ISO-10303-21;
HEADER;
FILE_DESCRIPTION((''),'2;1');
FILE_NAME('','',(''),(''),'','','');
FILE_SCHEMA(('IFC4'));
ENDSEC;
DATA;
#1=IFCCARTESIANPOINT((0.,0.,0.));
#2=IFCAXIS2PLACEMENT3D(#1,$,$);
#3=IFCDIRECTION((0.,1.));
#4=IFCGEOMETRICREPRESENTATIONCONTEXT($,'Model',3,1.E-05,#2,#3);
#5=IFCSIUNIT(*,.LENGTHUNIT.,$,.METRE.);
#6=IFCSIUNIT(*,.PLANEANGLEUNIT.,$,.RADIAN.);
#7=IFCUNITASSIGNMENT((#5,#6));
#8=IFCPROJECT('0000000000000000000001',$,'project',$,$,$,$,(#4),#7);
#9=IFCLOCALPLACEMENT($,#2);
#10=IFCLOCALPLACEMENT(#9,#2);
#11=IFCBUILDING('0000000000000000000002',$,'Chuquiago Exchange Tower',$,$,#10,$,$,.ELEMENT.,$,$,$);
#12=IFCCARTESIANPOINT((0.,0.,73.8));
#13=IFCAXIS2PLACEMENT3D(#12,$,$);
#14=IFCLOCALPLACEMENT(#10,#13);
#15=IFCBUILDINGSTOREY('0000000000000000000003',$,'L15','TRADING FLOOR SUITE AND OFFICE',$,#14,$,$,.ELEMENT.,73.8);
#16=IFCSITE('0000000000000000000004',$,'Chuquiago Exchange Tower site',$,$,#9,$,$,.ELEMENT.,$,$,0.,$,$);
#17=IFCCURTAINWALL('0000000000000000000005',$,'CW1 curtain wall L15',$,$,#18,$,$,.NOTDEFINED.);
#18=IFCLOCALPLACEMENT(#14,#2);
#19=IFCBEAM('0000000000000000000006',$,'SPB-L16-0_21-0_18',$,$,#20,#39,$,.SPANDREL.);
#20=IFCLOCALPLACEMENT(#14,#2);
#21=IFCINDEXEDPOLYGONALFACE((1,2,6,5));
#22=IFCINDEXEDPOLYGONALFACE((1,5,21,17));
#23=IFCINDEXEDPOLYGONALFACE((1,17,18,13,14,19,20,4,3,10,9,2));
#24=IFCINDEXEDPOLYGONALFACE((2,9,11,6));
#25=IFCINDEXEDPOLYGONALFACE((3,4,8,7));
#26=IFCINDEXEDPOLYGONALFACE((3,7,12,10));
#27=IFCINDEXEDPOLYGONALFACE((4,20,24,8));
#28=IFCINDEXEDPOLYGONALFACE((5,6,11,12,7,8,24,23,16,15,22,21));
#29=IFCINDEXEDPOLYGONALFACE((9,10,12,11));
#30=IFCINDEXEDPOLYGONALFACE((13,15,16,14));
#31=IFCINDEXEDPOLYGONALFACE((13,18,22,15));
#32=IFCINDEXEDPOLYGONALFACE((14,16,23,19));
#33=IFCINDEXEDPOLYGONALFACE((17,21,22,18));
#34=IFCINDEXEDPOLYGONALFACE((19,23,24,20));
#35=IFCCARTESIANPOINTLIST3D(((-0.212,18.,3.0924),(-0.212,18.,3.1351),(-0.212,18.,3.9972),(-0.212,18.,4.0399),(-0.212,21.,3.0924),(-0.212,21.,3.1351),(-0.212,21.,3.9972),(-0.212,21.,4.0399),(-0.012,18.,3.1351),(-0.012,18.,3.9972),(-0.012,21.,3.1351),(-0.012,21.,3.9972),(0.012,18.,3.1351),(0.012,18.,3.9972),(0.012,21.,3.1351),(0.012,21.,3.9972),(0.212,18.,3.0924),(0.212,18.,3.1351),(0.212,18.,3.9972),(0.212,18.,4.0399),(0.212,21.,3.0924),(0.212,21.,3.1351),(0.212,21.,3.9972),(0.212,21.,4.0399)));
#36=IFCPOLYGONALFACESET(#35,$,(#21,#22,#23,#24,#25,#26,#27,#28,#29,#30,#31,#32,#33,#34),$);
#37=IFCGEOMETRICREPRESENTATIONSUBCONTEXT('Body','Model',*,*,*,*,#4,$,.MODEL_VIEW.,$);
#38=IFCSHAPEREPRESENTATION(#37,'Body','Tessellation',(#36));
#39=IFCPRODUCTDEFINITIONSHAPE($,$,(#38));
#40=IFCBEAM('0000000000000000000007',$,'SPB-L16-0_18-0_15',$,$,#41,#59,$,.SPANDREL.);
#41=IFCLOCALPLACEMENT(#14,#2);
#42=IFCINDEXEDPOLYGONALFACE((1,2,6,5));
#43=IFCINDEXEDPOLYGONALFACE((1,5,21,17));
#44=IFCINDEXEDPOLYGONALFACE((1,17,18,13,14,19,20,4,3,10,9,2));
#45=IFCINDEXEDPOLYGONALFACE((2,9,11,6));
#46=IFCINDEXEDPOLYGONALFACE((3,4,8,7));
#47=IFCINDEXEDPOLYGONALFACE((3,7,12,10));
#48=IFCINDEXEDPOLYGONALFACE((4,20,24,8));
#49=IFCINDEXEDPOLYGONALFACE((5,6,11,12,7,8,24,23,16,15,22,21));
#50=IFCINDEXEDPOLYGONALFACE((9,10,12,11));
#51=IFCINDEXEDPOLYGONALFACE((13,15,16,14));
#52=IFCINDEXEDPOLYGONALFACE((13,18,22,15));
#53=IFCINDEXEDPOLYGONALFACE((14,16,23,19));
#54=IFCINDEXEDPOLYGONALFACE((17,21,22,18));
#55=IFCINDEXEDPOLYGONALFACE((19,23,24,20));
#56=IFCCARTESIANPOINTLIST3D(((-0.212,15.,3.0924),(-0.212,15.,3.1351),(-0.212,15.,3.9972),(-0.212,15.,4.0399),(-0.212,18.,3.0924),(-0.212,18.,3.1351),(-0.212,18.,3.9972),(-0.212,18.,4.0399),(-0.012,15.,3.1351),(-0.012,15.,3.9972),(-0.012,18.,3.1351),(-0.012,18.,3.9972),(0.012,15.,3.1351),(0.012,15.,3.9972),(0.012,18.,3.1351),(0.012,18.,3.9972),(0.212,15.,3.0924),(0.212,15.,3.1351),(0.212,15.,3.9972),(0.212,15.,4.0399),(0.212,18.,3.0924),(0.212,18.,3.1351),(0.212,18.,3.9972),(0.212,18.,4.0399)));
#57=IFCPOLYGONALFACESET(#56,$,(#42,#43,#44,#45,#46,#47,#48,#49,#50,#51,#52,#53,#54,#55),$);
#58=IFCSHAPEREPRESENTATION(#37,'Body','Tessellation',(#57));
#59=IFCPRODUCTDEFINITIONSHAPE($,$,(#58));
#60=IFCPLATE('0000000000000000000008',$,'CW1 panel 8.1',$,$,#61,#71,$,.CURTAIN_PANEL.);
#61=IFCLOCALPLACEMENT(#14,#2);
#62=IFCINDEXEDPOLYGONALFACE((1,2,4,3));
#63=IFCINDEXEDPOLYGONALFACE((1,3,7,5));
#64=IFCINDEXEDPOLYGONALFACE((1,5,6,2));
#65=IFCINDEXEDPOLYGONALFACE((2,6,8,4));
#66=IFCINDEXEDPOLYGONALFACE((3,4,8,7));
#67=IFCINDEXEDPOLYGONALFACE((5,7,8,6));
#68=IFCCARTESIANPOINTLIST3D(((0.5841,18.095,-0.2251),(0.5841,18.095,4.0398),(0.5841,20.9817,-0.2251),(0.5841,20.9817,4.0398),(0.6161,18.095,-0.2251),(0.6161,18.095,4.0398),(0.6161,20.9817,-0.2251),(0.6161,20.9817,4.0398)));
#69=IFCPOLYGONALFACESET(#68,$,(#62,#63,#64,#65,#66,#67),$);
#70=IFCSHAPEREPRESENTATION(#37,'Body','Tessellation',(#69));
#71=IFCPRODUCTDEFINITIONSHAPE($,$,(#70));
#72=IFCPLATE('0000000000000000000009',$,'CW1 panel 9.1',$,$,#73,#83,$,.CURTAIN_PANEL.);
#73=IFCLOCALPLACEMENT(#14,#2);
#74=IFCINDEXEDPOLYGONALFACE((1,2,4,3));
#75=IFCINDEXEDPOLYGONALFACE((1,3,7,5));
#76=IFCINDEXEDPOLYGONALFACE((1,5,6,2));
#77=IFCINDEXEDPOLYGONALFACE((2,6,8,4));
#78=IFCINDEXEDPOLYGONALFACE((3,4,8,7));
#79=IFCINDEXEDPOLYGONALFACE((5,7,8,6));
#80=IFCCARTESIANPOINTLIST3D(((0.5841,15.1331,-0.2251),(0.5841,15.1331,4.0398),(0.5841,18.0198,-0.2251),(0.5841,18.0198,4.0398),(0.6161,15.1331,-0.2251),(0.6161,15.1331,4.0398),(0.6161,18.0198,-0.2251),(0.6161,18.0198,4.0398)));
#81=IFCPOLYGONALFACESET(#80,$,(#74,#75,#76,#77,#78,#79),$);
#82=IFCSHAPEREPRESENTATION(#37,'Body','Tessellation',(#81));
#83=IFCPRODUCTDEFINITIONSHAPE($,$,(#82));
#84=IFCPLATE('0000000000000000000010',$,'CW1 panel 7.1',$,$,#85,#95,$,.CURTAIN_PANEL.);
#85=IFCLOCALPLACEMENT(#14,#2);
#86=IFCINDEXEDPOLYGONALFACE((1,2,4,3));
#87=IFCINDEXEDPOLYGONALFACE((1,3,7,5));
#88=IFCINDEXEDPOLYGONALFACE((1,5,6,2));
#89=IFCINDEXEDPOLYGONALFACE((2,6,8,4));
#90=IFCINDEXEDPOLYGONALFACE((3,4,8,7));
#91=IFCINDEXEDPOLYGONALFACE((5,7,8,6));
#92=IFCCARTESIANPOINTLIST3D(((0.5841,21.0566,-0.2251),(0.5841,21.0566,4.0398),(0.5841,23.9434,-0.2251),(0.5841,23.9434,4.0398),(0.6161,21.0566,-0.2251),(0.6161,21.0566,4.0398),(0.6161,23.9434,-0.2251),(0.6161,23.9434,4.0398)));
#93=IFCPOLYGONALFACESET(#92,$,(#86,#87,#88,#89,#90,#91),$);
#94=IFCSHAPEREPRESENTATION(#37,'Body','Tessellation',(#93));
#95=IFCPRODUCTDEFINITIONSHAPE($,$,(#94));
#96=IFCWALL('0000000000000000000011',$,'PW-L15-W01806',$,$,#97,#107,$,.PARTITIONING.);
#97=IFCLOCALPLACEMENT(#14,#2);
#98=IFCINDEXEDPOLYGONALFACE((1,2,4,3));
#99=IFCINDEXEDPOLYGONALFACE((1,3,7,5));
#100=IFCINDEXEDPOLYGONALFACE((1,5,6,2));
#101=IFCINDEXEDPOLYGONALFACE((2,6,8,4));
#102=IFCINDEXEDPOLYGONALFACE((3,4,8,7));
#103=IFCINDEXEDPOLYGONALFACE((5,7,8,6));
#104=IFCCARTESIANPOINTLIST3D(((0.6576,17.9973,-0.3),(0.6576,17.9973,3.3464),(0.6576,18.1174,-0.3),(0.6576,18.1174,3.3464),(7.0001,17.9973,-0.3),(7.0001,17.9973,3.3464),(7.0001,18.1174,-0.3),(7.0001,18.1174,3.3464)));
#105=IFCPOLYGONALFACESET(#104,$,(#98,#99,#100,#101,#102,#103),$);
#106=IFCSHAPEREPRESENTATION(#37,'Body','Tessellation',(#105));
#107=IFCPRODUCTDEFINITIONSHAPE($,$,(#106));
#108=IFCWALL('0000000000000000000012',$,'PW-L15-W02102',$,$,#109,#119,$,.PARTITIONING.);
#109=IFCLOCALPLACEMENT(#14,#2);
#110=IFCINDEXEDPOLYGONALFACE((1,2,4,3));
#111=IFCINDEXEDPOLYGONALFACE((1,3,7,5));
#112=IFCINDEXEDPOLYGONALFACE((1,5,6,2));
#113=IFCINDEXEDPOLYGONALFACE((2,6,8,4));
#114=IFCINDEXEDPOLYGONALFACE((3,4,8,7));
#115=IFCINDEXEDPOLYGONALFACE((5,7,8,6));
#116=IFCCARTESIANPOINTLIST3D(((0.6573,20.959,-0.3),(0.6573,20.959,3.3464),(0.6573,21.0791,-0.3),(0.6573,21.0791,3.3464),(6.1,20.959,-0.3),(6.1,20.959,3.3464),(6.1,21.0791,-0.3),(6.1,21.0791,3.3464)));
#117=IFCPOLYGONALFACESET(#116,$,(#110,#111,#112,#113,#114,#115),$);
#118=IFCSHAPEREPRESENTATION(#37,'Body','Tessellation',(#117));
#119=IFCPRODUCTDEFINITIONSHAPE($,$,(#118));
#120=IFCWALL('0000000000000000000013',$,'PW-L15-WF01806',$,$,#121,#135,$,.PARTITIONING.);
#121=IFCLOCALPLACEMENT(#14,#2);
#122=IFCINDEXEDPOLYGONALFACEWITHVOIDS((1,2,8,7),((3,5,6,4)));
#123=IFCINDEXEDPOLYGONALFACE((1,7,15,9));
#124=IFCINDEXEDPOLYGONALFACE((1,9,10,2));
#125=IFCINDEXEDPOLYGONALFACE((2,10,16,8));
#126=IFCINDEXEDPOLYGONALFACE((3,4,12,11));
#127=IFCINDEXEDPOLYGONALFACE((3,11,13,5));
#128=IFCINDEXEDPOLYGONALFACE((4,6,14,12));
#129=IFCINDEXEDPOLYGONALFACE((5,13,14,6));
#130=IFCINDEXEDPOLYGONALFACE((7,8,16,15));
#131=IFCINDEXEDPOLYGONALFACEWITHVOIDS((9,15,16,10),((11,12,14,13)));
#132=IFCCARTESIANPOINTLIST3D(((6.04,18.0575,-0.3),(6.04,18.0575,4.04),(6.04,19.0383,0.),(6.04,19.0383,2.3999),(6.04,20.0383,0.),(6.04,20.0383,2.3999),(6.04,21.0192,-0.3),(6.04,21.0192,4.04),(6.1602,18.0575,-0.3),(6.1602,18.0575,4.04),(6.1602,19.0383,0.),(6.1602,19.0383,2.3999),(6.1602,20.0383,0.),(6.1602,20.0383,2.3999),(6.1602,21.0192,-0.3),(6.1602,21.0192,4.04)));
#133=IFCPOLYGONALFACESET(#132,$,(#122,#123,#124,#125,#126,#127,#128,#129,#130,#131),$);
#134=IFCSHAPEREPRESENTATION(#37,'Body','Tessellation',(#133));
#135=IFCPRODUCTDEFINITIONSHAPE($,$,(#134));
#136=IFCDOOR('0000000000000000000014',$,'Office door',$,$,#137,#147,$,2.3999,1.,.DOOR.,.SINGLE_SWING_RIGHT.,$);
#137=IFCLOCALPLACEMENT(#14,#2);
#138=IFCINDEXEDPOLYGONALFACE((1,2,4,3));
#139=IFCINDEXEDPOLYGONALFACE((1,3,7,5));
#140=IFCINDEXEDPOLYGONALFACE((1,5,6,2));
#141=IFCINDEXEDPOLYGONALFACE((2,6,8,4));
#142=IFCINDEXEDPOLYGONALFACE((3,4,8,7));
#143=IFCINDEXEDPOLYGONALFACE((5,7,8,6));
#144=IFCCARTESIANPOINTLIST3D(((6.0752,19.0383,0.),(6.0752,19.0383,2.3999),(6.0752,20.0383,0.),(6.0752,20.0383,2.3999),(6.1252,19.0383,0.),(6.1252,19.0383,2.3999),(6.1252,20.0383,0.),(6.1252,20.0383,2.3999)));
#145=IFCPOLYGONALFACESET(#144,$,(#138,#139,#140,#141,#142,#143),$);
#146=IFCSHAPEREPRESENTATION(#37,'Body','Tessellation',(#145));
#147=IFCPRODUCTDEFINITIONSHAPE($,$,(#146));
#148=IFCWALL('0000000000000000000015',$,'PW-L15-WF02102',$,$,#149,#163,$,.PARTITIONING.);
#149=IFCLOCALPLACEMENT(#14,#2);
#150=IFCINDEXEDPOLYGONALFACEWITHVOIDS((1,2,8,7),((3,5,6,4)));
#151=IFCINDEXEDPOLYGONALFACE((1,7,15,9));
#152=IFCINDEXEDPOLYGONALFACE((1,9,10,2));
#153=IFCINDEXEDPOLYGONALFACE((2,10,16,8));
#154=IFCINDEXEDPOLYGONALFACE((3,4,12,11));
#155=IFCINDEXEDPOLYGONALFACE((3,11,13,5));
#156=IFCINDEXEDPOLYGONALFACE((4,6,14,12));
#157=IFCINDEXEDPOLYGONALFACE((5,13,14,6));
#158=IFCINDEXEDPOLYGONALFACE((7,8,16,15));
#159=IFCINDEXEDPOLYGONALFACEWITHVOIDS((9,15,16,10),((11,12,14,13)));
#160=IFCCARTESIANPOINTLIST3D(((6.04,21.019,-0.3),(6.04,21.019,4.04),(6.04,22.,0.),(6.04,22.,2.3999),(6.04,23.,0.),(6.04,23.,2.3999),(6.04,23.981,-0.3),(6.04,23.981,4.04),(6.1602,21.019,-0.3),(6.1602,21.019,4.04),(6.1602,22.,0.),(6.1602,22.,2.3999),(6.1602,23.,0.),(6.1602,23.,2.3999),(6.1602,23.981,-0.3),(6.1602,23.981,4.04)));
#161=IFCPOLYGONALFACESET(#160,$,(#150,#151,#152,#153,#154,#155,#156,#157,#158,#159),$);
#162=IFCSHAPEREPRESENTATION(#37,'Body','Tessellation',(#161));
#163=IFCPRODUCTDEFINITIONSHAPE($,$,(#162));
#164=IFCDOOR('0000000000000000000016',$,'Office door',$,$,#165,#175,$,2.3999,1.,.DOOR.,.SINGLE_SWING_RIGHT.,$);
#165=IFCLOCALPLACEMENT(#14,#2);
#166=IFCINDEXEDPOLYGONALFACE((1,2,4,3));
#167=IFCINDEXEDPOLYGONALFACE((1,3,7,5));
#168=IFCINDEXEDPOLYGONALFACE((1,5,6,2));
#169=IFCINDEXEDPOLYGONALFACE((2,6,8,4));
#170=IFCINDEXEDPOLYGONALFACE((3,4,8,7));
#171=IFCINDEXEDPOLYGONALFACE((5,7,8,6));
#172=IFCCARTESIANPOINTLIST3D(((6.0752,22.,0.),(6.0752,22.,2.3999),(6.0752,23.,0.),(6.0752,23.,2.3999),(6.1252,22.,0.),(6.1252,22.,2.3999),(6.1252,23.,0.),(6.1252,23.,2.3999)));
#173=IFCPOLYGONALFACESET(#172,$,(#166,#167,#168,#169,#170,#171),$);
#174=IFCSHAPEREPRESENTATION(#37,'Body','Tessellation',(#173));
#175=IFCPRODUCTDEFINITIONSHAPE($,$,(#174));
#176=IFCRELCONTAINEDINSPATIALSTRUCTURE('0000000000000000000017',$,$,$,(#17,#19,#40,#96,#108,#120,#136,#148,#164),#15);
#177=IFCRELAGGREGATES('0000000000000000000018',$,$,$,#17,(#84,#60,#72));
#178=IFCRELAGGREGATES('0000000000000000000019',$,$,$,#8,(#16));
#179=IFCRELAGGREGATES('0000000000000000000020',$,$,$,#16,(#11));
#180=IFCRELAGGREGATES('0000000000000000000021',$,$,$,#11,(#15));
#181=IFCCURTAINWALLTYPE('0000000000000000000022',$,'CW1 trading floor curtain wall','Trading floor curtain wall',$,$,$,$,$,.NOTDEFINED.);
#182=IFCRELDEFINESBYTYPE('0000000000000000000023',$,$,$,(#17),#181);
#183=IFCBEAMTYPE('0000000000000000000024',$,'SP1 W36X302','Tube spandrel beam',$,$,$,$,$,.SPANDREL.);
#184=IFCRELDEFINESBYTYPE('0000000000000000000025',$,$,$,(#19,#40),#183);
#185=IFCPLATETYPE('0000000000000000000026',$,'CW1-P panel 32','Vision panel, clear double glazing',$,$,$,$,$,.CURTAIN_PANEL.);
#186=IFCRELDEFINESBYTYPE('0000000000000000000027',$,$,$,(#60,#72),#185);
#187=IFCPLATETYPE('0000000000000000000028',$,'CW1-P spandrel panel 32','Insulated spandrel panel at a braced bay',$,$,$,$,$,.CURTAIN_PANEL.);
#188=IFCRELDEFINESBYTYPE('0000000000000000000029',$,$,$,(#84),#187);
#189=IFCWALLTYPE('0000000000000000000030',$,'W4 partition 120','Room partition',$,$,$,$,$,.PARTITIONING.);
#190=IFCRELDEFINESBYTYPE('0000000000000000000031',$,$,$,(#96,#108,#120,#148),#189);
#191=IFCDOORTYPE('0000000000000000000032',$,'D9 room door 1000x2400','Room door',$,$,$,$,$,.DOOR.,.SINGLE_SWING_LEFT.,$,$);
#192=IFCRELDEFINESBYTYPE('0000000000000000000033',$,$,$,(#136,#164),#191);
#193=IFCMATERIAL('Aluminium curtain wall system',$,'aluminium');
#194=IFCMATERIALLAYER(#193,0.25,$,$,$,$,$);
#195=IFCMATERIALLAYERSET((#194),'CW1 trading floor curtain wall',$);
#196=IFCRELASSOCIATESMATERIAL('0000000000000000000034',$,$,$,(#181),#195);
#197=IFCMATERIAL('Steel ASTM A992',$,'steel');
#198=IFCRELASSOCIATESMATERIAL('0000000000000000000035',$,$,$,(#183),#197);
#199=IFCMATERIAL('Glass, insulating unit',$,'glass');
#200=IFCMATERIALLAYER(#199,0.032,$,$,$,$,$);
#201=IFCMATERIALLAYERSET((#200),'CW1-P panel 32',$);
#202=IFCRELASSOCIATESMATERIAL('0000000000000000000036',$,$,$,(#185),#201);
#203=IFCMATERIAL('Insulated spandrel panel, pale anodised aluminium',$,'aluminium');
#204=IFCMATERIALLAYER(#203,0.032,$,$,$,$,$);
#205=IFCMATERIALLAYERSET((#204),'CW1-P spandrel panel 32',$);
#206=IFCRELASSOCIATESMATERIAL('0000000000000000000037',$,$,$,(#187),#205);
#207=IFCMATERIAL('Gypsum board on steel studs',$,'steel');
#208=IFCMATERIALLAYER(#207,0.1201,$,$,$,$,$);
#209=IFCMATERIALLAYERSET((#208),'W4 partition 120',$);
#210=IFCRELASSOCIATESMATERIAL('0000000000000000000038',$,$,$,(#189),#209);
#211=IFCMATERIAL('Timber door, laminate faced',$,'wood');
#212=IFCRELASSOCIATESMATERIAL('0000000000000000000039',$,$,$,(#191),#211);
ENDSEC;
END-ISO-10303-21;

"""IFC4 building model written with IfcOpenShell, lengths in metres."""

from ifc_helpers import new_model, si_unit, direction, frame, frame_2d, origin, origin_2d, place, context, subcontext, project, spatial, rectangle, i_section, extrude, material, layer, layer_set, material_profile, profile_set, type_object, element, fill, aggregate, save


model = new_model("IFC4")

# Units and contexts
model_context = context("Model", 3, precision=1e-05, world=origin(), true_north=direction((0.0, 1.0)))
body_context = subcontext(model_context, "Body", "Model", "MODEL_VIEW")
ifc_project = project(units=[si_unit("LENGTHUNIT", "METRE"), si_unit("PLANEANGLEUNIT", "RADIAN")], contexts=[model_context])

# Site, building, storey
site_placement = place(None, origin())
site = spatial("IfcSite", under=ifc_project, at=site_placement, Name="Chuquiago Exchange Tower site", CompositionType="ELEMENT", RefElevation=0.0)
building_placement = place(site_placement, origin())
building = spatial("IfcBuilding", under=site, at=building_placement, Name="Chuquiago Exchange Tower", CompositionType="ELEMENT")
storey_placement = place(building_placement, frame((0.0, 0.0, 73.8)))
storey = spatial("IfcBuildingStorey", under=building, at=storey_placement, Name="L15", Description="TRADING FLOOR SUITE AND OFFICE", CompositionType="ELEMENT", Elevation=73.8)

# Curtain wall
ifc_material_1 = material(Name="Aluminium curtain wall system", Category="aluminium")
ifc_layer_1 = layer(ifc_material_1, 0.25)
ifc_layer_set_1 = layer_set([ifc_layer_1], Name="CW1 trading floor curtain wall")
curtain_wall_type = type_object("IfcCurtainWallType", Name="CW1 trading floor curtain wall", Description="Trading floor curtain wall", PredefinedType="NOTDEFINED", material=ifc_layer_set_1)
curtain_wall_placement = place(storey_placement, origin())
curtain_wall = element("IfcCurtainWall", 1, at=curtain_wall_placement, inside=storey, type_object=curtain_wall_type, Name="CW1 curtain wall L15", PredefinedType="NOTDEFINED")

# Beams
ifc_material_2 = material(Name="Steel ASTM A992", Category="steel")
ifc_material_profile_1 = material_profile(ifc_material_2, i_section(OverallWidth=0.4241, OverallDepth=0.9475, WebThickness=0.0239, FlangeThickness=0.0427, at=origin_2d()), Name="W36X302")
ifc_profile_set_1 = profile_set([ifc_material_profile_1], Name="Steel ASTM A992")
beam_type_1 = type_object("IfcBeamType", Name="SP1 W36X302", Description="Tube spandrel beam", PredefinedType="SPANDREL", material=ifc_profile_set_1)
for number, where, z_axis, x_axis, name in (
    (2, (0.0, 21.0, 3.5662), (0.0, -1.0, 0.0), (1.0, 0.0, 0.0), "SPB-L16-0_21-0_18"),
    (3, (0.0, 18.0, 3.5662), (0.0, -1.0, 0.0), (1.0, 0.0, 0.0), "SPB-L16-0_18-0_15"),
):
    element("IfcBeam", number, at=place(storey_placement, frame(where, z_axis=z_axis, x_axis=x_axis)), inside=storey, type_object=beam_type_1, Name=name, PredefinedType="SPANDREL", context=body_context, shape_type="SweptSolid", body=[
        extrude(i_section(OverallWidth=0.4241, OverallDepth=0.9475, WebThickness=0.0239, FlangeThickness=0.0427, at=origin_2d()), origin(), (0.0, 0.0, 1.0), 3.0),
    ])

# Plates
ifc_material_3 = material(Name="Glass, insulating unit", Category="glass")
ifc_layer_2 = layer(ifc_material_3, 0.032)
ifc_layer_set_2 = layer_set([ifc_layer_2], Name="CW1-P panel 32")
plate_type_1 = type_object("IfcPlateType", Name="CW1-P panel 32", Description="Vision panel, clear double glazing", PredefinedType="CURTAIN_PANEL", material=ifc_layer_set_2)
plate_1_placement = place(storey_placement, frame((0.6001, 19.5383, -0.2251), z_axis=(0.0, 0.0, 1.0), x_axis=(0.0, -1.0, 0.0)))
plate_1 = element("IfcPlate", 4, at=plate_1_placement, type_object=plate_type_1, Name="CW1 panel 8.1", PredefinedType="CURTAIN_PANEL", context=body_context, shape_type="SweptSolid", body=[
    extrude(rectangle(XDim=2.8867, YDim=0.032, at=origin_2d()), origin(), (0.0, 0.0, 1.0), 4.2649),
])
plate_2_placement = place(storey_placement, frame((0.6001, 16.5764, -0.2251), z_axis=(0.0, 0.0, 1.0), x_axis=(0.0, -1.0, 0.0)))
plate_2 = element("IfcPlate", 5, at=plate_2_placement, type_object=plate_type_1, Name="CW1 panel 9.1", PredefinedType="CURTAIN_PANEL", context=body_context, shape_type="SweptSolid", body=[
    extrude(rectangle(XDim=2.8867, YDim=0.032, at=origin_2d()), origin(), (0.0, 0.0, 1.0), 4.2649),
])
ifc_material_4 = material(Name="Insulated spandrel panel, pale anodised aluminium", Category="aluminium")
ifc_layer_3 = layer(ifc_material_4, 0.032)
ifc_layer_set_3 = layer_set([ifc_layer_3], Name="CW1-P spandrel panel 32")
plate_type_2 = type_object("IfcPlateType", Name="CW1-P spandrel panel 32", Description="Insulated spandrel panel at a braced bay", PredefinedType="CURTAIN_PANEL", material=ifc_layer_set_3)
plate_3_placement = place(storey_placement, frame((0.6001, 22.5, -0.2251), z_axis=(0.0, 0.0, 1.0), x_axis=(0.0, -1.0, 0.0)))
plate_3 = element("IfcPlate", 6, at=plate_3_placement, type_object=plate_type_2, Name="CW1 panel 7.1", PredefinedType="CURTAIN_PANEL", context=body_context, shape_type="SweptSolid", body=[
    extrude(rectangle(XDim=2.8867, YDim=0.032, at=origin_2d()), origin(), (0.0, 0.0, 1.0), 4.2649),
])
aggregate(curtain_wall, [plate_3, plate_1, plate_2])

# Walls
ifc_material_5 = material(Name="Gypsum board on steel studs", Category="steel")
ifc_layer_4 = layer(ifc_material_5, 0.1201)
ifc_layer_set_4 = layer_set([ifc_layer_4], Name="W4 partition 120")
wall_type = type_object("IfcWallType", Name="W4 partition 120", Description="Room partition", PredefinedType="PARTITIONING", material=ifc_layer_set_4)
wall_1_placement = place(storey_placement, frame((0.6575, 18.0574, -0.3), z_axis=(0.0, 0.0, 1.0), x_axis=(1.0, 0.0, 0.0)))
element("IfcWall", 7, at=wall_1_placement, inside=storey, type_object=wall_type, Name="PW-L15-W01806", PredefinedType="PARTITIONING", context=body_context, shape_type="SweptSolid", body=[
    extrude(rectangle(XDim=6.3425, YDim=0.1201, at=frame_2d((3.1714, 0.0))), origin(), (0.0, 0.0, 1.0), 3.6465),
])
wall_2_placement = place(storey_placement, frame((0.6575, 21.019, -0.3), z_axis=(0.0, 0.0, 1.0), x_axis=(1.0, 0.0, 0.0)))
element("IfcWall", 8, at=wall_2_placement, inside=storey, type_object=wall_type, Name="PW-L15-W02102", PredefinedType="PARTITIONING", context=body_context, shape_type="SweptSolid", body=[
    extrude(rectangle(XDim=5.4426, YDim=0.1201, at=frame_2d((2.7212, 0.0))), origin(), (0.0, 0.0, 1.0), 3.6465),
])

# Walls, openings, doors
wall_3_placement = place(storey_placement, frame((6.1001, 18.0574, -0.3), z_axis=(0.0, 0.0, 1.0), x_axis=(0.0, 1.0, 0.0)))
wall_3 = element("IfcWall", 9, at=wall_3_placement, inside=storey, type_object=wall_type, Name="PW-L15-WF01806", PredefinedType="PARTITIONING", context=body_context, shape_type="SweptSolid", body=[
    extrude(rectangle(XDim=2.9617, YDim=0.1201, at=frame_2d((1.481, 0.0))), origin(), (0.0, 0.0, 1.0), 4.3401),
])
opening_1_placement = place(wall_3_placement, frame((0.981, 0.0, 0.3)))
opening_1 = element("IfcOpeningElement", 10, at=opening_1_placement, cuts=wall_3, PredefinedType="OPENING", context=body_context, shape_type="SweptSolid", body=[
    extrude(rectangle(XDim=1.0, YDim=2.3999, at=frame_2d((0.5, 1.2))), frame((0.0, 0.0701, 0.0), z_axis=(0.0, -1.0, 0.0), x_axis=(1.0, 0.0, 0.0)), (0.0, 0.0, 1.0), 0.1401),
])
ifc_material_6 = material(Name="Timber door, laminate faced", Category="wood")
door_type = type_object("IfcDoorType", Name="D9 room door 1000x2400", Description="Room door", OperationType="SINGLE_SWING_LEFT", PredefinedType="DOOR", material=ifc_material_6)
door_1_placement = place(opening_1_placement, origin())
door_1 = element("IfcDoor", 11, at=door_1_placement, inside=storey, type_object=door_type, Name="Office door", OperationType="SINGLE_SWING_RIGHT", OverallHeight=2.3999, OverallWidth=1.0, PredefinedType="DOOR", context=body_context, shape_type="SweptSolid", body=[
    extrude(rectangle(XDim=1.0, YDim=2.3999, at=frame_2d((0.5, 1.2))), frame((0.0, 0.0249, 0.0), z_axis=(0.0, -1.0, 0.0), x_axis=(1.0, 0.0, 0.0)), (0.0, 0.0, 1.0), 0.05),
])
fill(opening_1, door_1)
wall_4_placement = place(storey_placement, frame((6.1001, 21.019, -0.3), z_axis=(0.0, 0.0, 1.0), x_axis=(0.0, 1.0, 0.0)))
wall_4 = element("IfcWall", 12, at=wall_4_placement, inside=storey, type_object=wall_type, Name="PW-L15-WF02102", PredefinedType="PARTITIONING", context=body_context, shape_type="SweptSolid", body=[
    extrude(rectangle(XDim=2.9619, YDim=0.1201, at=frame_2d((1.481, 0.0))), origin(), (0.0, 0.0, 1.0), 4.3401),
])
opening_2_placement = place(wall_4_placement, frame((0.981, 0.0, 0.3)))
opening_2 = element("IfcOpeningElement", 13, at=opening_2_placement, cuts=wall_4, PredefinedType="OPENING", context=body_context, shape_type="SweptSolid", body=[
    extrude(rectangle(XDim=1.0, YDim=2.3999, at=frame_2d((0.5, 1.2))), frame((0.0, 0.0701, 0.0), z_axis=(0.0, -1.0, 0.0), x_axis=(1.0, 0.0, 0.0)), (0.0, 0.0, 1.0), 0.1401),
])
door_2_placement = place(opening_2_placement, origin())
door_2 = element("IfcDoor", 14, at=door_2_placement, inside=storey, type_object=door_type, Name="Office door", OperationType="SINGLE_SWING_RIGHT", OverallHeight=2.3999, OverallWidth=1.0, PredefinedType="DOOR", context=body_context, shape_type="SweptSolid", body=[
    extrude(rectangle(XDim=1.0, YDim=2.3999, at=frame_2d((0.5, 1.2))), frame((0.0, 0.0249, 0.0), z_axis=(0.0, -1.0, 0.0), x_axis=(1.0, 0.0, 0.0)), (0.0, 0.0, 1.0), 0.05),
])
fill(opening_2, door_2)

save(model, "model.ifc")
